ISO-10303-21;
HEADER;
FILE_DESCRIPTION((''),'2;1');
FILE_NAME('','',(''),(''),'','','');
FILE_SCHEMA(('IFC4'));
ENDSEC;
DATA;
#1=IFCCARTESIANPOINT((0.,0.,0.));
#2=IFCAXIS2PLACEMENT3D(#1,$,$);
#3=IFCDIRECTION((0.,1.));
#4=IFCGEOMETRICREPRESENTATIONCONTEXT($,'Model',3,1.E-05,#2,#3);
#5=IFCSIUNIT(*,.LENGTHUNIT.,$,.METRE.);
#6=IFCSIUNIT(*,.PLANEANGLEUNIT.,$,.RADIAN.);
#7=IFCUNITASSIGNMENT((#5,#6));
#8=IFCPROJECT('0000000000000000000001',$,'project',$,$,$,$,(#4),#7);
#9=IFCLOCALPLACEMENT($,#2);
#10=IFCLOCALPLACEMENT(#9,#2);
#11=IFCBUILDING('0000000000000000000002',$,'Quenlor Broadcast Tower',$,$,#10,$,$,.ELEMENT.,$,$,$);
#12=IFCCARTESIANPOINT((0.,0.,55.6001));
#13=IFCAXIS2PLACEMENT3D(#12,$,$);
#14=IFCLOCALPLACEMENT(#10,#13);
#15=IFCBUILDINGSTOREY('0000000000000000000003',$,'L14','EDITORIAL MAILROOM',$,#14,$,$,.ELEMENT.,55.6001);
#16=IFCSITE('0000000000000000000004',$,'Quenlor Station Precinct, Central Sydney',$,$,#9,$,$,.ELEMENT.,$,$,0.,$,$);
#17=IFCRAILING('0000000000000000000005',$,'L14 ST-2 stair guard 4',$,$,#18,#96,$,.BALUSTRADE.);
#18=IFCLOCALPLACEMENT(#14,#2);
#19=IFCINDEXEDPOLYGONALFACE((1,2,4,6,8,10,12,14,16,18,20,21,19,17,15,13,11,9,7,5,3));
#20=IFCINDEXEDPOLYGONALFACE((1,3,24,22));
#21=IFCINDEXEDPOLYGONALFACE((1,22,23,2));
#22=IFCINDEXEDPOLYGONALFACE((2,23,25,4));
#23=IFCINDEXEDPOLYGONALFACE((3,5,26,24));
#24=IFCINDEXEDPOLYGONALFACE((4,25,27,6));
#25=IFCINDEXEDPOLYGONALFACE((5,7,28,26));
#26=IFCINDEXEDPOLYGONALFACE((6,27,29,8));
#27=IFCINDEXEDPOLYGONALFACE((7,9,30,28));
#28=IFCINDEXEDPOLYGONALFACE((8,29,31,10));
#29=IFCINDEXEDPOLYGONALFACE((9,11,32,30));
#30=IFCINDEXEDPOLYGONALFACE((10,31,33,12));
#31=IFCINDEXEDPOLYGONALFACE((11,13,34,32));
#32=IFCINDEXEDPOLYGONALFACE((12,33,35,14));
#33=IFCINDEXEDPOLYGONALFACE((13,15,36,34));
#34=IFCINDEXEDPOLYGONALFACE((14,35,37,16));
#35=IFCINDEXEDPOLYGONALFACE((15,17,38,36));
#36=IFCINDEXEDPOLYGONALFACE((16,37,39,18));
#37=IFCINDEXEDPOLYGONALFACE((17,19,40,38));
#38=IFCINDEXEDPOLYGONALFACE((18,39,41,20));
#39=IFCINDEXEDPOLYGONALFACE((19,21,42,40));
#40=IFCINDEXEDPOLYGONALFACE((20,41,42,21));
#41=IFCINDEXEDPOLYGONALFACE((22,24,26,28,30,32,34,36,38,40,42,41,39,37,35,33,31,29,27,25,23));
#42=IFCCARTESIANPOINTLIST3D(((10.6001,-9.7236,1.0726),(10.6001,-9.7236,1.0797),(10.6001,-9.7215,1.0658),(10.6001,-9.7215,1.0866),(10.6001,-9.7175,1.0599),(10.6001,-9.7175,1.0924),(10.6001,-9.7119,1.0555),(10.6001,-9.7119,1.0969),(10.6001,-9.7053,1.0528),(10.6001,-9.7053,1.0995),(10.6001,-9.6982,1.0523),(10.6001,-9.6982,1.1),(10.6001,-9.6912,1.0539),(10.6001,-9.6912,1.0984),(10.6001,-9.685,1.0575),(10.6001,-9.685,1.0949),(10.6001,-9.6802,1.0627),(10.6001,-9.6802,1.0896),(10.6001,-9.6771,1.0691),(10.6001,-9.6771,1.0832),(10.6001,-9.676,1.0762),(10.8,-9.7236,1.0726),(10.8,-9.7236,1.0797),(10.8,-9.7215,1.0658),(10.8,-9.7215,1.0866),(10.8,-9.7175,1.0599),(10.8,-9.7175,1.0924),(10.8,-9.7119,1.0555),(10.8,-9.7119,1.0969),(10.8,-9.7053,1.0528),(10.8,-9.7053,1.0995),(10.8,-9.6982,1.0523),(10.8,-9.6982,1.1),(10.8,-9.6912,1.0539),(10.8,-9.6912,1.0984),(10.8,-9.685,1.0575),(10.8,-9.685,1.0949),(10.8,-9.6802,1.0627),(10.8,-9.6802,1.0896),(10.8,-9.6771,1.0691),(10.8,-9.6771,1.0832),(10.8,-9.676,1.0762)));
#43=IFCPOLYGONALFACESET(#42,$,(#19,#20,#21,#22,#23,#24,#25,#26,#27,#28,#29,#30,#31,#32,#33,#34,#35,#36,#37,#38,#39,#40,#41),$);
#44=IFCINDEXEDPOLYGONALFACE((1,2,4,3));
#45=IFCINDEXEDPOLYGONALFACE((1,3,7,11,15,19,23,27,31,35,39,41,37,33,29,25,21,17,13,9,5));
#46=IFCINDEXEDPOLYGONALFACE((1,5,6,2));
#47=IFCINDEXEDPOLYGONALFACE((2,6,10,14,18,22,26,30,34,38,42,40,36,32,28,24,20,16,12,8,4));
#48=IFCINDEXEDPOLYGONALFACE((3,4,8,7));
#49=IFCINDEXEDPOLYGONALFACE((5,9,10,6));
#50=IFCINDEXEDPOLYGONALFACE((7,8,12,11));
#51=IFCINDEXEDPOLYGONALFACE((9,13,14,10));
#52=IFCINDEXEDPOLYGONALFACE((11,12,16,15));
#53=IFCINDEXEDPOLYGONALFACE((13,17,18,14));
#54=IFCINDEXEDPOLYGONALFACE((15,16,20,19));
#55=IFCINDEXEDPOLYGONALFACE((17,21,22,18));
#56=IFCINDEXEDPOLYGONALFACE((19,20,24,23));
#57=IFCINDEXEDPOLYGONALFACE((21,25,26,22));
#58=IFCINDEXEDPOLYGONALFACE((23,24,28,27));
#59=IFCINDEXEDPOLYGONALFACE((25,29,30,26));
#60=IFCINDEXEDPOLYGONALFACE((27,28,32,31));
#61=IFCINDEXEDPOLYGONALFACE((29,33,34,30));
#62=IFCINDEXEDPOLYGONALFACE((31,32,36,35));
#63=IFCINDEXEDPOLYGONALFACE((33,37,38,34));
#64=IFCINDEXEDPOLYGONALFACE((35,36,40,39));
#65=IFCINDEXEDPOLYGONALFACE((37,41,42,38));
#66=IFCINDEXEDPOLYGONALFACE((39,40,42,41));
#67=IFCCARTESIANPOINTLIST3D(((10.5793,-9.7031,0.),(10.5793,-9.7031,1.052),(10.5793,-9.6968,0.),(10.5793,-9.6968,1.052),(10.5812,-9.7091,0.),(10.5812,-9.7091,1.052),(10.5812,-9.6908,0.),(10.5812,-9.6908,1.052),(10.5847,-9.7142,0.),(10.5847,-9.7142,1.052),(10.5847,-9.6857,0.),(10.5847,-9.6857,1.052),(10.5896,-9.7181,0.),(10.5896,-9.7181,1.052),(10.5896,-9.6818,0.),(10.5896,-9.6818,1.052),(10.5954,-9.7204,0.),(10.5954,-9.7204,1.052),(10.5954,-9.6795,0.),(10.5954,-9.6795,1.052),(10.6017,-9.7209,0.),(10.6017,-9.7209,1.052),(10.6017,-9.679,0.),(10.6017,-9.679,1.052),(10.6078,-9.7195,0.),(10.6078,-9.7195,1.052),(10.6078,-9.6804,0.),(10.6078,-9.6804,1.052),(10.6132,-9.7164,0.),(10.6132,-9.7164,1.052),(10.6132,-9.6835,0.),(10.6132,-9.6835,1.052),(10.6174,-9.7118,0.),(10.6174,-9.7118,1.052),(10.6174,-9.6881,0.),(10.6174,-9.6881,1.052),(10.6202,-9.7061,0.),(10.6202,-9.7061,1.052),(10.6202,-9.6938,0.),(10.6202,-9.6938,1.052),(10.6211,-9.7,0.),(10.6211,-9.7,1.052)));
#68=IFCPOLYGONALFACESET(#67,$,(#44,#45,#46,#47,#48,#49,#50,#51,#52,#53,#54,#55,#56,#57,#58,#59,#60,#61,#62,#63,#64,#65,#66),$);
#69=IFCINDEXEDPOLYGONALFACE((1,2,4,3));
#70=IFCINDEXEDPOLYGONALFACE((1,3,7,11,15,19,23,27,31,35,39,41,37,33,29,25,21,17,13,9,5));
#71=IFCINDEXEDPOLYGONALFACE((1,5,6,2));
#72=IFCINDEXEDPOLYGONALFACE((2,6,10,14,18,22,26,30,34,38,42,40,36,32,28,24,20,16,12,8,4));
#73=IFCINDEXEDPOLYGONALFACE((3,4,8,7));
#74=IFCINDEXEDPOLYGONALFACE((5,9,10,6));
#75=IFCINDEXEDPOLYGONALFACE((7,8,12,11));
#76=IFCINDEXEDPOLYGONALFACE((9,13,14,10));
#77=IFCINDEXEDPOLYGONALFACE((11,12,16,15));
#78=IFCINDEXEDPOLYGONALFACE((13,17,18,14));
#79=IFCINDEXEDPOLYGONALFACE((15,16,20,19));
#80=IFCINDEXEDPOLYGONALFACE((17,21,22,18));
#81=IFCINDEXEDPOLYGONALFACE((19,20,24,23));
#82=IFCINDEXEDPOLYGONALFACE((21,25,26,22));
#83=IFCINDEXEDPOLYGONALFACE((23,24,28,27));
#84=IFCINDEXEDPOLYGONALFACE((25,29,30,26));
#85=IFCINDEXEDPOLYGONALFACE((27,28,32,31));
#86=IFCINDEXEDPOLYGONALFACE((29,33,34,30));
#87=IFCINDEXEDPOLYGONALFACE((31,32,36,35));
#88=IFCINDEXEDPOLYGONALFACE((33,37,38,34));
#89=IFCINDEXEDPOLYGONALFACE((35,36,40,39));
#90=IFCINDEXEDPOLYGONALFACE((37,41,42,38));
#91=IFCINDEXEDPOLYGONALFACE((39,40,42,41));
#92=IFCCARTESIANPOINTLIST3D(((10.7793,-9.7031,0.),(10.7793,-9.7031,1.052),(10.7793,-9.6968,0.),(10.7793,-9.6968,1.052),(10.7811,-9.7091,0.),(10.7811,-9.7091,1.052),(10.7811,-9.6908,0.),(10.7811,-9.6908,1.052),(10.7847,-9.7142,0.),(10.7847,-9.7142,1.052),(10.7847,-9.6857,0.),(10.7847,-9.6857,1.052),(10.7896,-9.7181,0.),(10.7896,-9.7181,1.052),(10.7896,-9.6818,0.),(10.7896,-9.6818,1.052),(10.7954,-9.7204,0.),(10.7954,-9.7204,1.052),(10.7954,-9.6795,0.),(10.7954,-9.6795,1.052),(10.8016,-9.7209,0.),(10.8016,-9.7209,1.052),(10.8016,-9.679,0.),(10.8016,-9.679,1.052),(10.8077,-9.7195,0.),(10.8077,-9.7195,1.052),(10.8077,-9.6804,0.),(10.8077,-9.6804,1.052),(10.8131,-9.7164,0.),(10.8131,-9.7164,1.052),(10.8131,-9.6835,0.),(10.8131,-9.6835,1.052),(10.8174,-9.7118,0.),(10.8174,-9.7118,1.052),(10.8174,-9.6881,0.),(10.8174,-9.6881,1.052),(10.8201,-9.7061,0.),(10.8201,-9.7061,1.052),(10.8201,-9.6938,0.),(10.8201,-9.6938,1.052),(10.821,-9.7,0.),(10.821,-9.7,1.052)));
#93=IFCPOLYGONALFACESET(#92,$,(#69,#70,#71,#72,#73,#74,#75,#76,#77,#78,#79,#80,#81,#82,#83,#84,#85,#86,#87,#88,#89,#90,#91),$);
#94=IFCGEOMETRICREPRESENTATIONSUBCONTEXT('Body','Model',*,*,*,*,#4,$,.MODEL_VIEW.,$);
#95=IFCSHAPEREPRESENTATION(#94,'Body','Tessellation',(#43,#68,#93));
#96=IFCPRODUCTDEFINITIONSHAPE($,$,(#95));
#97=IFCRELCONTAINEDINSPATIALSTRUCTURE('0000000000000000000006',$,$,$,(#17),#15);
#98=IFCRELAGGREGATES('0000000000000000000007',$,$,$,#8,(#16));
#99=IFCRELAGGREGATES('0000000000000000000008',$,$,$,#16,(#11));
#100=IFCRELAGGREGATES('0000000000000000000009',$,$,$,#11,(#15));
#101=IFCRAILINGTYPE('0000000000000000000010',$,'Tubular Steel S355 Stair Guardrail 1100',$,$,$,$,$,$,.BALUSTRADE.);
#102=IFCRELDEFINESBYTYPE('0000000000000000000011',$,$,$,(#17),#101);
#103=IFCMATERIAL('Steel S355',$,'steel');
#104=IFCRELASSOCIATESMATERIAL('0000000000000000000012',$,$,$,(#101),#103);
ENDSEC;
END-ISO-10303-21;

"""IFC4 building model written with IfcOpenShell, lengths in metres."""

from ifc_helpers import new_model, si_unit, direction, frame, origin, origin_2d, place, context, subcontext, project, spatial, circle, extrude, material, type_object, element, save


model = new_model("IFC4")

# Units and contexts
model_context = context("Model", 3, precision=1e-05, world=origin(), true_north=direction((0.0, 1.0)))
body_context = subcontext(model_context, "Body", "Model", "MODEL_VIEW")
ifc_project = project(units=[si_unit("LENGTHUNIT", "METRE"), si_unit("PLANEANGLEUNIT", "RADIAN")], contexts=[model_context])

# Site, building, storey
site_placement = place(None, origin())
site = spatial("IfcSite", under=ifc_project, at=site_placement, Name="Quenlor Station Precinct, Central Sydney", CompositionType="ELEMENT", RefElevation=0.0)
building_placement = place(site_placement, origin())
building = spatial("IfcBuilding", under=site, at=building_placement, Name="Quenlor Broadcast Tower", CompositionType="ELEMENT")
storey_placement = place(building_placement, frame((0.0, 0.0, 55.6001)))
storey = spatial("IfcBuildingStorey", under=building, at=storey_placement, Name="L14", Description="EDITORIAL MAILROOM", CompositionType="ELEMENT", Elevation=55.6001)

# Railing
ifc_material_1 = material(Name="Steel S355", Category="steel")
railing_type_1 = type_object("IfcRailingType", Name="Tubular Steel S355 Stair Guardrail 1100", PredefinedType="BALUSTRADE", material=ifc_material_1)
railing_1_placement = place(storey_placement, frame((10.6001, -9.7, 0.0)))
element("IfcRailing", 1, at=railing_1_placement, inside=storey, type_object=railing_type_1, Name="L14 ST-2 stair guard 4", PredefinedType="BALUSTRADE", context=body_context, shape_type="SweptSolid", body=[
    extrude(circle(Radius=0.0239, at=origin_2d()), frame((0.0, 0.0, 1.0762), z_axis=(1.0, 0.0, 0.0), x_axis=(0.0, 1.0, 0.0)), (0.0, 0.0, 1.0), 0.2),
    extrude(circle(Radius=0.021, at=origin_2d()), origin(), (0.0, 0.0, 1.0), 1.052),
    extrude(circle(Radius=0.021, at=origin_2d()), frame((0.2, 0.0, 0.0)), (0.0, 0.0, 1.0), 1.052),
])

save(model, "model.ifc")
